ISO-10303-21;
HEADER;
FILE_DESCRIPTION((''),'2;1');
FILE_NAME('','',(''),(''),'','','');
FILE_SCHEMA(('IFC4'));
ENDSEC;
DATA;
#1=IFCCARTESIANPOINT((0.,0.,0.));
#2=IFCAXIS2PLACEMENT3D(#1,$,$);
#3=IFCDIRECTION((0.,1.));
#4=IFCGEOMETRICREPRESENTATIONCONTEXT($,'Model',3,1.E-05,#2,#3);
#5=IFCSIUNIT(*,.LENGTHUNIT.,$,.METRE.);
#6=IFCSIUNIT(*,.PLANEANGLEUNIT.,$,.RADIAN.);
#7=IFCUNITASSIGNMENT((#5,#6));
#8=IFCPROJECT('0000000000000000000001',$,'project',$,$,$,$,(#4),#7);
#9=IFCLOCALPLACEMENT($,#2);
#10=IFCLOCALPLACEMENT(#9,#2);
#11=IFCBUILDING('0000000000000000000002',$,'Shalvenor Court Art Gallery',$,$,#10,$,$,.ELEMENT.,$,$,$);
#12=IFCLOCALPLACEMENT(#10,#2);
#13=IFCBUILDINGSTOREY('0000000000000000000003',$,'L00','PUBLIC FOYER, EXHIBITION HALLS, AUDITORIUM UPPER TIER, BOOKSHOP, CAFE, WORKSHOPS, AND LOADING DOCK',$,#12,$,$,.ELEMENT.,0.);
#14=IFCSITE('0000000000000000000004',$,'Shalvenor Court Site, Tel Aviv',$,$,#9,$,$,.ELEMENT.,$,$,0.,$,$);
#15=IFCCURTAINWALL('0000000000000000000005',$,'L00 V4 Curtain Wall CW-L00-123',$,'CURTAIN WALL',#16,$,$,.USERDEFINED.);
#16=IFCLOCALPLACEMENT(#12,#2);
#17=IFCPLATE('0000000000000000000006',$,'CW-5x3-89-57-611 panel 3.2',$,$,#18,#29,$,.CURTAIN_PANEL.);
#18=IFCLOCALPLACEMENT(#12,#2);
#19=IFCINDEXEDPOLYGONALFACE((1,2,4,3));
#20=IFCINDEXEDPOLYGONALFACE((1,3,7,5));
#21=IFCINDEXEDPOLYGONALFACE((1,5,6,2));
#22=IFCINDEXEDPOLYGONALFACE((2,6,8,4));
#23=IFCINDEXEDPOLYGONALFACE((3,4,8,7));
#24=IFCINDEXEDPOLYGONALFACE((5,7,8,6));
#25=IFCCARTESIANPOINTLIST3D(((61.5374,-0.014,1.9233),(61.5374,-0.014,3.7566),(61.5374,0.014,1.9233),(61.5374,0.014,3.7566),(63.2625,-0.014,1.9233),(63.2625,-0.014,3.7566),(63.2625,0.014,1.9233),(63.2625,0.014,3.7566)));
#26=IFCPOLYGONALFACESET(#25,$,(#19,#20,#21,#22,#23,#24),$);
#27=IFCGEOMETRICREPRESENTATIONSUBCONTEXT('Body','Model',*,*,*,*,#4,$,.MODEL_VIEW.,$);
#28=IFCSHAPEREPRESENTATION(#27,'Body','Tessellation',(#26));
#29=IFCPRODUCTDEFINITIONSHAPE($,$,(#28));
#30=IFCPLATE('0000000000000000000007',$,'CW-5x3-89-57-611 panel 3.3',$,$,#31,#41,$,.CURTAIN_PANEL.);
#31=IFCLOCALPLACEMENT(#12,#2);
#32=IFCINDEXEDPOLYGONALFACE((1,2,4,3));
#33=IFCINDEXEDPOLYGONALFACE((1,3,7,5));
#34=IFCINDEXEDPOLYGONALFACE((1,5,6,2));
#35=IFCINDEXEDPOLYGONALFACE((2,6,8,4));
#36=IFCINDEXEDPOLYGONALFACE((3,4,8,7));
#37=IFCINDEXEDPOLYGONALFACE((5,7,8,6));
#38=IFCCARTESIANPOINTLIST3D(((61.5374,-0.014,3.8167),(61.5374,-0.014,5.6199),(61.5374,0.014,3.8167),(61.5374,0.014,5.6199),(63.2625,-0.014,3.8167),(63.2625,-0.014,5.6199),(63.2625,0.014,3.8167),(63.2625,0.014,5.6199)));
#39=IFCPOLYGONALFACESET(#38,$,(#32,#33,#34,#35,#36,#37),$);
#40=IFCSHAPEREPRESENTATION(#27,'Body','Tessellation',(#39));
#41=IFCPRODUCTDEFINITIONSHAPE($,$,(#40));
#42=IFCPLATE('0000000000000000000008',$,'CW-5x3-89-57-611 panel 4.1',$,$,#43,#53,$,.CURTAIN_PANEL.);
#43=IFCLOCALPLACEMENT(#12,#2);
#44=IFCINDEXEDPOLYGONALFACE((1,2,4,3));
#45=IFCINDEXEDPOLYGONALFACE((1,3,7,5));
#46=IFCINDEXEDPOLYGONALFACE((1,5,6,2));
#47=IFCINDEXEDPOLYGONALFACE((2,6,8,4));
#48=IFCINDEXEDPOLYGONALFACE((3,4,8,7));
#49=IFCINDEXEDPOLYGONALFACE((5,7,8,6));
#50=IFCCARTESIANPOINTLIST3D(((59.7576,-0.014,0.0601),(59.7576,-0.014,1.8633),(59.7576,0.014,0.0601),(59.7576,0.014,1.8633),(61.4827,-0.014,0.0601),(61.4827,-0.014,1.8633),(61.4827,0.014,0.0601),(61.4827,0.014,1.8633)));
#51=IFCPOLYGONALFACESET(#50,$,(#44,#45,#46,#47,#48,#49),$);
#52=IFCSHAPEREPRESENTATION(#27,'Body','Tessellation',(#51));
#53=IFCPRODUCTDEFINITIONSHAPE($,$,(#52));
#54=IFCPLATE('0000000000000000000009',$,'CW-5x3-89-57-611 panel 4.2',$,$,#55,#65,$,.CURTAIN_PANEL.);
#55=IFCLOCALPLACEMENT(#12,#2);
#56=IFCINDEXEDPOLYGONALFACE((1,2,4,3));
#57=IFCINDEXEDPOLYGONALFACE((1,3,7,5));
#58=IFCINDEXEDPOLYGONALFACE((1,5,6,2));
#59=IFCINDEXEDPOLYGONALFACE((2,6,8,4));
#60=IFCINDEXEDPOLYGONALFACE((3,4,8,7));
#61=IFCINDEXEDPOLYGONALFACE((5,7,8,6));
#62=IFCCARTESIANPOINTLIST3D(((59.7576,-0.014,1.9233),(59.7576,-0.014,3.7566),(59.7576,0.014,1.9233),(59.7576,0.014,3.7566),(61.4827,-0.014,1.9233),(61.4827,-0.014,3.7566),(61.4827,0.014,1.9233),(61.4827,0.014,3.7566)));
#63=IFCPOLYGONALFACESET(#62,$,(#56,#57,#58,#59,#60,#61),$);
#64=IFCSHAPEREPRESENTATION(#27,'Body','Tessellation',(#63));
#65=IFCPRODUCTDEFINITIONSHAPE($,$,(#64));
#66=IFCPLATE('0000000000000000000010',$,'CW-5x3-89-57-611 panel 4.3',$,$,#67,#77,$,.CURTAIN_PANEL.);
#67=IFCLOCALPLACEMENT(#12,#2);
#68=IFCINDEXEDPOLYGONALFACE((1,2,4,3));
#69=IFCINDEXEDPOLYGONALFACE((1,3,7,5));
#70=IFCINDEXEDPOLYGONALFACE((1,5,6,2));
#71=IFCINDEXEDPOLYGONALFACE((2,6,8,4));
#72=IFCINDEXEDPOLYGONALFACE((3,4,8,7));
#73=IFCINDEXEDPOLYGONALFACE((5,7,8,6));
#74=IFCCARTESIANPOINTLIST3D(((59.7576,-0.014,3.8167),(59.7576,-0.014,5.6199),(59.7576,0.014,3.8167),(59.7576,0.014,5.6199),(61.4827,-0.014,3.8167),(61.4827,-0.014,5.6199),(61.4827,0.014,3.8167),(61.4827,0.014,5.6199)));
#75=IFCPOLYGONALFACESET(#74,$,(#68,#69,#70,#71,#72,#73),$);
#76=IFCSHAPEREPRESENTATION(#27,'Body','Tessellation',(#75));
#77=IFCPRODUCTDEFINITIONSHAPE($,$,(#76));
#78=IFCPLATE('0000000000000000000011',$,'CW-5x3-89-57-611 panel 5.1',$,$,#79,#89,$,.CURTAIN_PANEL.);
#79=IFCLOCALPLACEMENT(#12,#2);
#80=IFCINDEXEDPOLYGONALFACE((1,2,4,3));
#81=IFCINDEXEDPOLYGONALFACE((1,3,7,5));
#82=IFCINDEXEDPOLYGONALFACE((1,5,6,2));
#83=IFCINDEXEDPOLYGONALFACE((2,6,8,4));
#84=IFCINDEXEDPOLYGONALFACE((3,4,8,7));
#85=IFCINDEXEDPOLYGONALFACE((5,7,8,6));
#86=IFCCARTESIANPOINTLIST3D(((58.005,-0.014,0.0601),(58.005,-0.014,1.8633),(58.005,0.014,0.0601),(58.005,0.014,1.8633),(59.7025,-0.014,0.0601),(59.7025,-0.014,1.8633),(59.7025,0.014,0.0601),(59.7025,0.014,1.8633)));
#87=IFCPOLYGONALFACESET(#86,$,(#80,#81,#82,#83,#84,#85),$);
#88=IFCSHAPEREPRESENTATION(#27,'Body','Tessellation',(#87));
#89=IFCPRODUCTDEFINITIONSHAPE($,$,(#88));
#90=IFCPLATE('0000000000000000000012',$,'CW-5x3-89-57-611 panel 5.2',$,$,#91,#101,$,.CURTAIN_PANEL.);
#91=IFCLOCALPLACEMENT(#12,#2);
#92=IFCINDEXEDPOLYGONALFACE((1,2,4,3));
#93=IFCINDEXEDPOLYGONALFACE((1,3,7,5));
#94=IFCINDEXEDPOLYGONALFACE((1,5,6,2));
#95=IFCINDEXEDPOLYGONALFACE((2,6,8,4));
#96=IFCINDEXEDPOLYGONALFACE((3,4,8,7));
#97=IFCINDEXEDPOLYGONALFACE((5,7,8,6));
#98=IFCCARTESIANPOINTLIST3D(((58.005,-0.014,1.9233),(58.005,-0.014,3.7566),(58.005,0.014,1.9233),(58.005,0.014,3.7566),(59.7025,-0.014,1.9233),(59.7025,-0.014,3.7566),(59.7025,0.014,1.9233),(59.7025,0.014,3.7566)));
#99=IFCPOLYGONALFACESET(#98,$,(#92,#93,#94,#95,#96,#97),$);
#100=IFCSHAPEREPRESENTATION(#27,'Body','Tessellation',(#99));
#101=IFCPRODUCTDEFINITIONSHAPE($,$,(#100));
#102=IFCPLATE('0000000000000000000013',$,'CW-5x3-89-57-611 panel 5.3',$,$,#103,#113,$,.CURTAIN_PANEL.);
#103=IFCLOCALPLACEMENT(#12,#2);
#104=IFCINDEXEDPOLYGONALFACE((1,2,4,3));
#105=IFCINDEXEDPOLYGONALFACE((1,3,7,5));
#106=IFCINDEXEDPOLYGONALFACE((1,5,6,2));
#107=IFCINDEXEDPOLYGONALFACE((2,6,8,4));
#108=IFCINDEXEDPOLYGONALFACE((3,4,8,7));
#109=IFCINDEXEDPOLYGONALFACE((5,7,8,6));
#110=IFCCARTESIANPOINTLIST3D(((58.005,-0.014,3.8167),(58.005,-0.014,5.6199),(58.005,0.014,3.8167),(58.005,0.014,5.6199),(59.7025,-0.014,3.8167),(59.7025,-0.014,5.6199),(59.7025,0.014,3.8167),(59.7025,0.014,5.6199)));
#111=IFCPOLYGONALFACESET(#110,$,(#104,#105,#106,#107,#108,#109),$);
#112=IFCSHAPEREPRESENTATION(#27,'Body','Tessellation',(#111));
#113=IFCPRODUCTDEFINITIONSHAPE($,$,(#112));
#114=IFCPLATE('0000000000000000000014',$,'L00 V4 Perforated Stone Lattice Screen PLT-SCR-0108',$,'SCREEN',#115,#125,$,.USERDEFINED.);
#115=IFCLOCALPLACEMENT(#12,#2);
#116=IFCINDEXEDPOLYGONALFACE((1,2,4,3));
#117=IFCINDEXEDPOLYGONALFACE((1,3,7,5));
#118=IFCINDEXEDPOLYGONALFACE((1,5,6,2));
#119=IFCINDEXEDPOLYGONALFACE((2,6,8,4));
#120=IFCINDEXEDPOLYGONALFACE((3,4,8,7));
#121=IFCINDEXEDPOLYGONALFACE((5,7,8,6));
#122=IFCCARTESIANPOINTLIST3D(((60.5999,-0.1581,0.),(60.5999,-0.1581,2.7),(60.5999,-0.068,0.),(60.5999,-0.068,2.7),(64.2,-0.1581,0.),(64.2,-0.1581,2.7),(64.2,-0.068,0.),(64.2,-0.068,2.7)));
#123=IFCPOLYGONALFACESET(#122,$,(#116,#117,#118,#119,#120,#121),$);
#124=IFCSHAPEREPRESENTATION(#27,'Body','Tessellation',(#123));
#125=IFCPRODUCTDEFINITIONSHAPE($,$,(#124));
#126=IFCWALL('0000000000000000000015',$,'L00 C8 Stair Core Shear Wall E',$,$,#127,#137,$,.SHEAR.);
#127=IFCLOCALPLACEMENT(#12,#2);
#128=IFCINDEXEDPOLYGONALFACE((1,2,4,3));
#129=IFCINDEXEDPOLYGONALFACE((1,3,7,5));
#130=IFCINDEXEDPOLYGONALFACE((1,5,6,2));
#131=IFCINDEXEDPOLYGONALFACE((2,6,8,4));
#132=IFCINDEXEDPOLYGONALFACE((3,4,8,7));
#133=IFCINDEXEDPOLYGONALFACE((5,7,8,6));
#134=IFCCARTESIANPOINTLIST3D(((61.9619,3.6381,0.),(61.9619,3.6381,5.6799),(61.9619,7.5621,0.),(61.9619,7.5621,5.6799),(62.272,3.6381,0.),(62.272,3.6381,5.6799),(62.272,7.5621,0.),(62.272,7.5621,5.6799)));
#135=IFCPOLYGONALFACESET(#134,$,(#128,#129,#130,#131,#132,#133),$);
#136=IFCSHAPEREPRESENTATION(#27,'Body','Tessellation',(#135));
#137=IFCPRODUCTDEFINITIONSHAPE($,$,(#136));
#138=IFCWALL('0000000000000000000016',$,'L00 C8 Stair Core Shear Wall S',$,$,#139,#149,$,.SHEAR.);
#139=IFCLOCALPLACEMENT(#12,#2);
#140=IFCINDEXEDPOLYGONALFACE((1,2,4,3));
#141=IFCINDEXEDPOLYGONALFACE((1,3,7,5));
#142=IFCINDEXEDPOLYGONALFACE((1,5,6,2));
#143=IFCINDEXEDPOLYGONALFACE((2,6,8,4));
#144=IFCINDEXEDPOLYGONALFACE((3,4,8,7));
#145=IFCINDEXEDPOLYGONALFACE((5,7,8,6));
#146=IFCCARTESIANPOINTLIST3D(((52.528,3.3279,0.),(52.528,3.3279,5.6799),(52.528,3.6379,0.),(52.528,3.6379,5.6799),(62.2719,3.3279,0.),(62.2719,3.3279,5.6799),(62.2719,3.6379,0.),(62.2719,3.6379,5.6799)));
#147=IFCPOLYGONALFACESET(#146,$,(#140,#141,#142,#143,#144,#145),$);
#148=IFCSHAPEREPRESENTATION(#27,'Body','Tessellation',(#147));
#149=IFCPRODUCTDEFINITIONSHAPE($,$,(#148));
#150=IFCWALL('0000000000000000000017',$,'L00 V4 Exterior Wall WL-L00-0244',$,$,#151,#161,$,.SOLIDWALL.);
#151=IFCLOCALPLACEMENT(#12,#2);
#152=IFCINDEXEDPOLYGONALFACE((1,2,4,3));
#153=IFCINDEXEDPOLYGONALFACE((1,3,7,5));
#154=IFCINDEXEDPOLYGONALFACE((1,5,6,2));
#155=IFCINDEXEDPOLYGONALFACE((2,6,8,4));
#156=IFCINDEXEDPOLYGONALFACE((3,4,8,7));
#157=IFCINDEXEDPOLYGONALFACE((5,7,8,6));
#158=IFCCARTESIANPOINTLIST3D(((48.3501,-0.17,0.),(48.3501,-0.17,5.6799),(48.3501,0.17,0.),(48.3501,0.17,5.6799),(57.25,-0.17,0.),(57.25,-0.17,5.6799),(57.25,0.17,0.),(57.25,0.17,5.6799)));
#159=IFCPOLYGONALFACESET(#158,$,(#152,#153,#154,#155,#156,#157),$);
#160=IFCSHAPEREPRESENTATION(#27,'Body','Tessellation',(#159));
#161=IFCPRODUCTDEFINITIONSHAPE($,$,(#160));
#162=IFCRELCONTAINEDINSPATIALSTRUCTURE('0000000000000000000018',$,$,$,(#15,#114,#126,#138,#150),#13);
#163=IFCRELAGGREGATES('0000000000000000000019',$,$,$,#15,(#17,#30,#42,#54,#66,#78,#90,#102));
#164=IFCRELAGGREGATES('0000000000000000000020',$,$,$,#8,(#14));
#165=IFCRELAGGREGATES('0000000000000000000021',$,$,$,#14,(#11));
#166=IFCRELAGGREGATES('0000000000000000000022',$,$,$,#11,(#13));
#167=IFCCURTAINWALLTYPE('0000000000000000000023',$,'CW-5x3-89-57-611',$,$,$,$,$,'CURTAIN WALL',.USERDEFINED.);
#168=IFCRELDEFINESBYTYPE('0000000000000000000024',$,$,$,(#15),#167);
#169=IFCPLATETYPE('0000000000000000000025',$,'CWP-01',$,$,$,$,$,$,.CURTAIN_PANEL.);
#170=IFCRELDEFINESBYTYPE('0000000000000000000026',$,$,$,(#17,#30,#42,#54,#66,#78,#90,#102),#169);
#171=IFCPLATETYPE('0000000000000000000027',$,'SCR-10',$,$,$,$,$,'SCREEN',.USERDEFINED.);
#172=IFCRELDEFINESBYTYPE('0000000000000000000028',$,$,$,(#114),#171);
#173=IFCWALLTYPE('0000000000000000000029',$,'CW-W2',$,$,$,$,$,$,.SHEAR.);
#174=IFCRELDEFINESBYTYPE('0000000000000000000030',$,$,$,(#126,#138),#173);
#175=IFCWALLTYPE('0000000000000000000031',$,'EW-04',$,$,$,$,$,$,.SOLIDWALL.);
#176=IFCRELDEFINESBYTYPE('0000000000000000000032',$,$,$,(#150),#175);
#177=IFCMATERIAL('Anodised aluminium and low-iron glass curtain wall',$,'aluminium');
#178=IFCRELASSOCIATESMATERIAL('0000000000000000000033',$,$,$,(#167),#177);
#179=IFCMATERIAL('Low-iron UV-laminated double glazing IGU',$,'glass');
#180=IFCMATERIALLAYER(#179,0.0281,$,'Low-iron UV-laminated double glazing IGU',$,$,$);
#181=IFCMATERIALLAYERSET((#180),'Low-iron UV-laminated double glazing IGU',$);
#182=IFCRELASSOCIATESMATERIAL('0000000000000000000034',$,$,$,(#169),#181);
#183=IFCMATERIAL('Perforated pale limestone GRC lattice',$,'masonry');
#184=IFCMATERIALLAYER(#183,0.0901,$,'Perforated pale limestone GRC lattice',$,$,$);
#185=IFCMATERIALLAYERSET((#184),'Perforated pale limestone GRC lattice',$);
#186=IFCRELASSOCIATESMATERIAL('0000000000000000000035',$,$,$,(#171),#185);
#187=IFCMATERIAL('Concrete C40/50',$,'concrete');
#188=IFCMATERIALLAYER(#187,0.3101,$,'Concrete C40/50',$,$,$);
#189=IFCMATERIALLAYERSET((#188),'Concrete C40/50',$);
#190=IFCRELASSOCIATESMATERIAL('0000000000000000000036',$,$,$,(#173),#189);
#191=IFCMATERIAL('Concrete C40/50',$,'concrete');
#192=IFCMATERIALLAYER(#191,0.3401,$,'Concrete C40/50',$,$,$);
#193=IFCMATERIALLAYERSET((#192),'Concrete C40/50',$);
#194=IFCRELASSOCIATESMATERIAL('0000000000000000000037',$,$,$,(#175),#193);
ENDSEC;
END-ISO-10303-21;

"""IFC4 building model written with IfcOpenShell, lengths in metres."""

from ifc_helpers import new_model, si_unit, direction, frame, frame_2d, origin, origin_2d, place, context, subcontext, project, spatial, rectangle, extrude, material, layer, layer_set, type_object, element, aggregate, save


model = new_model("IFC4")

# Units and contexts
model_context = context("Model", 3, precision=1e-05, world=origin(), true_north=direction((0.0, 1.0)))
body_context = subcontext(model_context, "Body", "Model", "MODEL_VIEW")
ifc_project = project(units=[si_unit("LENGTHUNIT", "METRE"), si_unit("PLANEANGLEUNIT", "RADIAN")], contexts=[model_context])

# Site, building, storey
site_placement = place(None, origin())
site = spatial("IfcSite", under=ifc_project, at=site_placement, Name="Shalvenor Court Site, Tel Aviv", CompositionType="ELEMENT", RefElevation=0.0)
building_placement = place(site_placement, origin())
building = spatial("IfcBuilding", under=site, at=building_placement, Name="Shalvenor Court Art Gallery", CompositionType="ELEMENT")
storey_placement = place(building_placement, origin())
storey = spatial("IfcBuildingStorey", under=building, at=storey_placement, Name="L00", Description="PUBLIC FOYER, EXHIBITION HALLS, AUDITORIUM UPPER TIER, BOOKSHOP, CAFE, WORKSHOPS, AND LOADING DOCK", CompositionType="ELEMENT", Elevation=0.0)

# Curtain wall
ifc_material_1 = material(Name="Anodised aluminium and low-iron glass curtain wall", Category="aluminium")
curtain_wall_type = type_object("IfcCurtainWallType", Name="CW-5x3-89-57-611", ElementType="CURTAIN WALL", PredefinedType="USERDEFINED", material=ifc_material_1)
curtain_wall_placement = place(storey_placement, origin())
curtain_wall = element("IfcCurtainWall", 1, at=curtain_wall_placement, inside=storey, type_object=curtain_wall_type, Name="L00 V4 Curtain Wall CW-L00-123", ObjectType="CURTAIN WALL", PredefinedType="USERDEFINED")

# Plates
ifc_material_2 = material(Name="Low-iron UV-laminated double glazing IGU", Category="glass")
ifc_layer_1 = layer(ifc_material_2, 0.0281, Name="Low-iron UV-laminated double glazing IGU")
ifc_layer_set_1 = layer_set([ifc_layer_1], Name="Low-iron UV-laminated double glazing IGU")
plate_type_1 = type_object("IfcPlateType", Name="CWP-01", PredefinedType="CURTAIN_PANEL", material=ifc_layer_set_1)
plate_1_placement = place(storey_placement, frame((62.3999, 0.0, 1.9233), z_axis=(0.0, 0.0, 1.0), x_axis=(-1.0, 0.0, 0.0)))
plate_1 = element("IfcPlate", 2, at=plate_1_placement, type_object=plate_type_1, Name="CW-5x3-89-57-611 panel 3.2", PredefinedType="CURTAIN_PANEL", context=body_context, shape_type="SweptSolid", body=[
    extrude(rectangle(XDim=1.7251, YDim=0.0281, at=origin_2d()), origin(), (0.0, 0.0, 1.0), 1.8333),
])
plate_2_placement = place(storey_placement, frame((62.3999, 0.0, 3.8167), z_axis=(0.0, 0.0, 1.0), x_axis=(-1.0, 0.0, 0.0)))
plate_2 = element("IfcPlate", 3, at=plate_2_placement, type_object=plate_type_1, Name="CW-5x3-89-57-611 panel 3.3", PredefinedType="CURTAIN_PANEL", context=body_context, shape_type="SweptSolid", body=[
    extrude(rectangle(XDim=1.7251, YDim=0.0281, at=origin_2d()), origin(), (0.0, 0.0, 1.0), 1.8032),
])
plate_3_placement = place(storey_placement, frame((60.6201, 0.0, 0.0601), z_axis=(0.0, 0.0, 1.0), x_axis=(-1.0, 0.0, 0.0)))
plate_3 = element("IfcPlate", 4, at=plate_3_placement, type_object=plate_type_1, Name="CW-5x3-89-57-611 panel 4.1", PredefinedType="CURTAIN_PANEL", context=body_context, shape_type="SweptSolid", body=[
    extrude(rectangle(XDim=1.7251, YDim=0.0281, at=origin_2d()), origin(), (0.0, 0.0, 1.0), 1.8032),
])
plate_4_placement = place(storey_placement, frame((60.6201, 0.0, 1.9233), z_axis=(0.0, 0.0, 1.0), x_axis=(-1.0, 0.0, 0.0)))
plate_4 = element("IfcPlate", 5, at=plate_4_placement, type_object=plate_type_1, Name="CW-5x3-89-57-611 panel 4.2", PredefinedType="CURTAIN_PANEL", context=body_context, shape_type="SweptSolid", body=[
    extrude(rectangle(XDim=1.7251, YDim=0.0281, at=origin_2d()), origin(), (0.0, 0.0, 1.0), 1.8333),
])
plate_5_placement = place(storey_placement, frame((60.6201, 0.0, 3.8167), z_axis=(0.0, 0.0, 1.0), x_axis=(-1.0, 0.0, 0.0)))
plate_5 = element("IfcPlate", 6, at=plate_5_placement, type_object=plate_type_1, Name="CW-5x3-89-57-611 panel 4.3", PredefinedType="CURTAIN_PANEL", context=body_context, shape_type="SweptSolid", body=[
    extrude(rectangle(XDim=1.7251, YDim=0.0281, at=origin_2d()), origin(), (0.0, 0.0, 1.0), 1.8032),
])
plate_6_placement = place(storey_placement, frame((58.8538, 0.0, 0.0601), z_axis=(0.0, 0.0, 1.0), x_axis=(-1.0, 0.0, 0.0)))
plate_6 = element("IfcPlate", 7, at=plate_6_placement, type_object=plate_type_1, Name="CW-5x3-89-57-611 panel 5.1", PredefinedType="CURTAIN_PANEL", context=body_context, shape_type="SweptSolid", body=[
    extrude(rectangle(XDim=1.6975, YDim=0.0281, at=origin_2d()), origin(), (0.0, 0.0, 1.0), 1.8032),
])
plate_7_placement = place(storey_placement, frame((58.8538, 0.0, 1.9233), z_axis=(0.0, 0.0, 1.0), x_axis=(-1.0, 0.0, 0.0)))
plate_7 = element("IfcPlate", 8, at=plate_7_placement, type_object=plate_type_1, Name="CW-5x3-89-57-611 panel 5.2", PredefinedType="CURTAIN_PANEL", context=body_context, shape_type="SweptSolid", body=[
    extrude(rectangle(XDim=1.6975, YDim=0.0281, at=origin_2d()), origin(), (0.0, 0.0, 1.0), 1.8333),
])
plate_8_placement = place(storey_placement, frame((58.8538, 0.0, 3.8167), z_axis=(0.0, 0.0, 1.0), x_axis=(-1.0, 0.0, 0.0)))
plate_8 = element("IfcPlate", 9, at=plate_8_placement, type_object=plate_type_1, Name="CW-5x3-89-57-611 panel 5.3", PredefinedType="CURTAIN_PANEL", context=body_context, shape_type="SweptSolid", body=[
    extrude(rectangle(XDim=1.6975, YDim=0.0281, at=origin_2d()), origin(), (0.0, 0.0, 1.0), 1.8032),
])
aggregate(curtain_wall, [plate_1, plate_2, plate_3, plate_4, plate_5, plate_6, plate_7, plate_8])
ifc_material_3 = material(Name="Perforated pale limestone GRC lattice", Category="masonry")
ifc_layer_2 = layer(ifc_material_3, 0.0901, Name="Perforated pale limestone GRC lattice")
ifc_layer_set_2 = layer_set([ifc_layer_2], Name="Perforated pale limestone GRC lattice")
plate_type_2 = type_object("IfcPlateType", Name="SCR-10", ElementType="SCREEN", PredefinedType="USERDEFINED", material=ifc_layer_set_2)
plate_9_placement = place(storey_placement, frame((62.3999, -0.113, 0.0), z_axis=(0.0, 0.0, 1.0), x_axis=(-1.0, 0.0, 0.0)))
element("IfcPlate", 10, at=plate_9_placement, inside=storey, type_object=plate_type_2, Name="L00 V4 Perforated Stone Lattice Screen PLT-SCR-0108", ObjectType="SCREEN", PredefinedType="USERDEFINED", context=body_context, shape_type="SweptSolid", body=[
    extrude(rectangle(XDim=3.6001, YDim=0.0901, at=origin_2d()), origin(), (0.0, 0.0, 1.0), 2.7),
])

# Walls
ifc_material_4 = material(Name="Concrete C40/50", Category="concrete")
ifc_layer_3 = layer(ifc_material_4, 0.3101, Name="Concrete C40/50")
ifc_layer_set_3 = layer_set([ifc_layer_3], Name="Concrete C40/50")
wall_type_1 = type_object("IfcWallType", Name="CW-W2", PredefinedType="SHEAR", material=ifc_layer_set_3)
wall_1_placement = place(storey_placement, frame((62.1169, 7.562, 0.0), z_axis=(0.0, 0.0, 1.0), x_axis=(0.0, -1.0, 0.0)))
element("IfcWall", 11, at=wall_1_placement, inside=storey, type_object=wall_type_1, Name="L00 C8 Stair Core Shear Wall E", PredefinedType="SHEAR", context=body_context, shape_type="SweptSolid", body=[
    extrude(rectangle(XDim=3.9241, YDim=0.3101, at=frame_2d((1.9619, 0.0))), origin(), (0.0, 0.0, 1.0), 5.6799),
])
wall_2_placement = place(storey_placement, frame((62.272, 3.4829, 0.0), z_axis=(0.0, 0.0, 1.0), x_axis=(-1.0, 0.0, 0.0)))
element("IfcWall", 12, at=wall_2_placement, inside=storey, type_object=wall_type_1, Name="L00 C8 Stair Core Shear Wall S", PredefinedType="SHEAR", context=body_context, shape_type="SweptSolid", body=[
    extrude(rectangle(XDim=9.7439, YDim=0.3101, at=frame_2d((4.8721, 0.0))), origin(), (0.0, 0.0, 1.0), 5.6799),
])
ifc_material_5 = material(Name="Concrete C40/50", Category="concrete")
ifc_layer_4 = layer(ifc_material_5, 0.3401, Name="Concrete C40/50")
ifc_layer_set_4 = layer_set([ifc_layer_4], Name="Concrete C40/50")
wall_type_2 = type_object("IfcWallType", Name="EW-04", PredefinedType="SOLIDWALL", material=ifc_layer_set_4)
wall_3_placement = place(storey_placement, frame((57.25, 0.0, 0.0), z_axis=(0.0, 0.0, 1.0), x_axis=(-1.0, 0.0, 0.0)))
element("IfcWall", 13, at=wall_3_placement, inside=storey, type_object=wall_type_2, Name="L00 V4 Exterior Wall WL-L00-0244", PredefinedType="SOLIDWALL", context=body_context, shape_type="SweptSolid", body=[
    extrude(rectangle(XDim=8.8999, YDim=0.3401, at=frame_2d((4.45, 0.0))), origin(), (0.0, 0.0, 1.0), 5.6799),
])

save(model, "model.ifc")
